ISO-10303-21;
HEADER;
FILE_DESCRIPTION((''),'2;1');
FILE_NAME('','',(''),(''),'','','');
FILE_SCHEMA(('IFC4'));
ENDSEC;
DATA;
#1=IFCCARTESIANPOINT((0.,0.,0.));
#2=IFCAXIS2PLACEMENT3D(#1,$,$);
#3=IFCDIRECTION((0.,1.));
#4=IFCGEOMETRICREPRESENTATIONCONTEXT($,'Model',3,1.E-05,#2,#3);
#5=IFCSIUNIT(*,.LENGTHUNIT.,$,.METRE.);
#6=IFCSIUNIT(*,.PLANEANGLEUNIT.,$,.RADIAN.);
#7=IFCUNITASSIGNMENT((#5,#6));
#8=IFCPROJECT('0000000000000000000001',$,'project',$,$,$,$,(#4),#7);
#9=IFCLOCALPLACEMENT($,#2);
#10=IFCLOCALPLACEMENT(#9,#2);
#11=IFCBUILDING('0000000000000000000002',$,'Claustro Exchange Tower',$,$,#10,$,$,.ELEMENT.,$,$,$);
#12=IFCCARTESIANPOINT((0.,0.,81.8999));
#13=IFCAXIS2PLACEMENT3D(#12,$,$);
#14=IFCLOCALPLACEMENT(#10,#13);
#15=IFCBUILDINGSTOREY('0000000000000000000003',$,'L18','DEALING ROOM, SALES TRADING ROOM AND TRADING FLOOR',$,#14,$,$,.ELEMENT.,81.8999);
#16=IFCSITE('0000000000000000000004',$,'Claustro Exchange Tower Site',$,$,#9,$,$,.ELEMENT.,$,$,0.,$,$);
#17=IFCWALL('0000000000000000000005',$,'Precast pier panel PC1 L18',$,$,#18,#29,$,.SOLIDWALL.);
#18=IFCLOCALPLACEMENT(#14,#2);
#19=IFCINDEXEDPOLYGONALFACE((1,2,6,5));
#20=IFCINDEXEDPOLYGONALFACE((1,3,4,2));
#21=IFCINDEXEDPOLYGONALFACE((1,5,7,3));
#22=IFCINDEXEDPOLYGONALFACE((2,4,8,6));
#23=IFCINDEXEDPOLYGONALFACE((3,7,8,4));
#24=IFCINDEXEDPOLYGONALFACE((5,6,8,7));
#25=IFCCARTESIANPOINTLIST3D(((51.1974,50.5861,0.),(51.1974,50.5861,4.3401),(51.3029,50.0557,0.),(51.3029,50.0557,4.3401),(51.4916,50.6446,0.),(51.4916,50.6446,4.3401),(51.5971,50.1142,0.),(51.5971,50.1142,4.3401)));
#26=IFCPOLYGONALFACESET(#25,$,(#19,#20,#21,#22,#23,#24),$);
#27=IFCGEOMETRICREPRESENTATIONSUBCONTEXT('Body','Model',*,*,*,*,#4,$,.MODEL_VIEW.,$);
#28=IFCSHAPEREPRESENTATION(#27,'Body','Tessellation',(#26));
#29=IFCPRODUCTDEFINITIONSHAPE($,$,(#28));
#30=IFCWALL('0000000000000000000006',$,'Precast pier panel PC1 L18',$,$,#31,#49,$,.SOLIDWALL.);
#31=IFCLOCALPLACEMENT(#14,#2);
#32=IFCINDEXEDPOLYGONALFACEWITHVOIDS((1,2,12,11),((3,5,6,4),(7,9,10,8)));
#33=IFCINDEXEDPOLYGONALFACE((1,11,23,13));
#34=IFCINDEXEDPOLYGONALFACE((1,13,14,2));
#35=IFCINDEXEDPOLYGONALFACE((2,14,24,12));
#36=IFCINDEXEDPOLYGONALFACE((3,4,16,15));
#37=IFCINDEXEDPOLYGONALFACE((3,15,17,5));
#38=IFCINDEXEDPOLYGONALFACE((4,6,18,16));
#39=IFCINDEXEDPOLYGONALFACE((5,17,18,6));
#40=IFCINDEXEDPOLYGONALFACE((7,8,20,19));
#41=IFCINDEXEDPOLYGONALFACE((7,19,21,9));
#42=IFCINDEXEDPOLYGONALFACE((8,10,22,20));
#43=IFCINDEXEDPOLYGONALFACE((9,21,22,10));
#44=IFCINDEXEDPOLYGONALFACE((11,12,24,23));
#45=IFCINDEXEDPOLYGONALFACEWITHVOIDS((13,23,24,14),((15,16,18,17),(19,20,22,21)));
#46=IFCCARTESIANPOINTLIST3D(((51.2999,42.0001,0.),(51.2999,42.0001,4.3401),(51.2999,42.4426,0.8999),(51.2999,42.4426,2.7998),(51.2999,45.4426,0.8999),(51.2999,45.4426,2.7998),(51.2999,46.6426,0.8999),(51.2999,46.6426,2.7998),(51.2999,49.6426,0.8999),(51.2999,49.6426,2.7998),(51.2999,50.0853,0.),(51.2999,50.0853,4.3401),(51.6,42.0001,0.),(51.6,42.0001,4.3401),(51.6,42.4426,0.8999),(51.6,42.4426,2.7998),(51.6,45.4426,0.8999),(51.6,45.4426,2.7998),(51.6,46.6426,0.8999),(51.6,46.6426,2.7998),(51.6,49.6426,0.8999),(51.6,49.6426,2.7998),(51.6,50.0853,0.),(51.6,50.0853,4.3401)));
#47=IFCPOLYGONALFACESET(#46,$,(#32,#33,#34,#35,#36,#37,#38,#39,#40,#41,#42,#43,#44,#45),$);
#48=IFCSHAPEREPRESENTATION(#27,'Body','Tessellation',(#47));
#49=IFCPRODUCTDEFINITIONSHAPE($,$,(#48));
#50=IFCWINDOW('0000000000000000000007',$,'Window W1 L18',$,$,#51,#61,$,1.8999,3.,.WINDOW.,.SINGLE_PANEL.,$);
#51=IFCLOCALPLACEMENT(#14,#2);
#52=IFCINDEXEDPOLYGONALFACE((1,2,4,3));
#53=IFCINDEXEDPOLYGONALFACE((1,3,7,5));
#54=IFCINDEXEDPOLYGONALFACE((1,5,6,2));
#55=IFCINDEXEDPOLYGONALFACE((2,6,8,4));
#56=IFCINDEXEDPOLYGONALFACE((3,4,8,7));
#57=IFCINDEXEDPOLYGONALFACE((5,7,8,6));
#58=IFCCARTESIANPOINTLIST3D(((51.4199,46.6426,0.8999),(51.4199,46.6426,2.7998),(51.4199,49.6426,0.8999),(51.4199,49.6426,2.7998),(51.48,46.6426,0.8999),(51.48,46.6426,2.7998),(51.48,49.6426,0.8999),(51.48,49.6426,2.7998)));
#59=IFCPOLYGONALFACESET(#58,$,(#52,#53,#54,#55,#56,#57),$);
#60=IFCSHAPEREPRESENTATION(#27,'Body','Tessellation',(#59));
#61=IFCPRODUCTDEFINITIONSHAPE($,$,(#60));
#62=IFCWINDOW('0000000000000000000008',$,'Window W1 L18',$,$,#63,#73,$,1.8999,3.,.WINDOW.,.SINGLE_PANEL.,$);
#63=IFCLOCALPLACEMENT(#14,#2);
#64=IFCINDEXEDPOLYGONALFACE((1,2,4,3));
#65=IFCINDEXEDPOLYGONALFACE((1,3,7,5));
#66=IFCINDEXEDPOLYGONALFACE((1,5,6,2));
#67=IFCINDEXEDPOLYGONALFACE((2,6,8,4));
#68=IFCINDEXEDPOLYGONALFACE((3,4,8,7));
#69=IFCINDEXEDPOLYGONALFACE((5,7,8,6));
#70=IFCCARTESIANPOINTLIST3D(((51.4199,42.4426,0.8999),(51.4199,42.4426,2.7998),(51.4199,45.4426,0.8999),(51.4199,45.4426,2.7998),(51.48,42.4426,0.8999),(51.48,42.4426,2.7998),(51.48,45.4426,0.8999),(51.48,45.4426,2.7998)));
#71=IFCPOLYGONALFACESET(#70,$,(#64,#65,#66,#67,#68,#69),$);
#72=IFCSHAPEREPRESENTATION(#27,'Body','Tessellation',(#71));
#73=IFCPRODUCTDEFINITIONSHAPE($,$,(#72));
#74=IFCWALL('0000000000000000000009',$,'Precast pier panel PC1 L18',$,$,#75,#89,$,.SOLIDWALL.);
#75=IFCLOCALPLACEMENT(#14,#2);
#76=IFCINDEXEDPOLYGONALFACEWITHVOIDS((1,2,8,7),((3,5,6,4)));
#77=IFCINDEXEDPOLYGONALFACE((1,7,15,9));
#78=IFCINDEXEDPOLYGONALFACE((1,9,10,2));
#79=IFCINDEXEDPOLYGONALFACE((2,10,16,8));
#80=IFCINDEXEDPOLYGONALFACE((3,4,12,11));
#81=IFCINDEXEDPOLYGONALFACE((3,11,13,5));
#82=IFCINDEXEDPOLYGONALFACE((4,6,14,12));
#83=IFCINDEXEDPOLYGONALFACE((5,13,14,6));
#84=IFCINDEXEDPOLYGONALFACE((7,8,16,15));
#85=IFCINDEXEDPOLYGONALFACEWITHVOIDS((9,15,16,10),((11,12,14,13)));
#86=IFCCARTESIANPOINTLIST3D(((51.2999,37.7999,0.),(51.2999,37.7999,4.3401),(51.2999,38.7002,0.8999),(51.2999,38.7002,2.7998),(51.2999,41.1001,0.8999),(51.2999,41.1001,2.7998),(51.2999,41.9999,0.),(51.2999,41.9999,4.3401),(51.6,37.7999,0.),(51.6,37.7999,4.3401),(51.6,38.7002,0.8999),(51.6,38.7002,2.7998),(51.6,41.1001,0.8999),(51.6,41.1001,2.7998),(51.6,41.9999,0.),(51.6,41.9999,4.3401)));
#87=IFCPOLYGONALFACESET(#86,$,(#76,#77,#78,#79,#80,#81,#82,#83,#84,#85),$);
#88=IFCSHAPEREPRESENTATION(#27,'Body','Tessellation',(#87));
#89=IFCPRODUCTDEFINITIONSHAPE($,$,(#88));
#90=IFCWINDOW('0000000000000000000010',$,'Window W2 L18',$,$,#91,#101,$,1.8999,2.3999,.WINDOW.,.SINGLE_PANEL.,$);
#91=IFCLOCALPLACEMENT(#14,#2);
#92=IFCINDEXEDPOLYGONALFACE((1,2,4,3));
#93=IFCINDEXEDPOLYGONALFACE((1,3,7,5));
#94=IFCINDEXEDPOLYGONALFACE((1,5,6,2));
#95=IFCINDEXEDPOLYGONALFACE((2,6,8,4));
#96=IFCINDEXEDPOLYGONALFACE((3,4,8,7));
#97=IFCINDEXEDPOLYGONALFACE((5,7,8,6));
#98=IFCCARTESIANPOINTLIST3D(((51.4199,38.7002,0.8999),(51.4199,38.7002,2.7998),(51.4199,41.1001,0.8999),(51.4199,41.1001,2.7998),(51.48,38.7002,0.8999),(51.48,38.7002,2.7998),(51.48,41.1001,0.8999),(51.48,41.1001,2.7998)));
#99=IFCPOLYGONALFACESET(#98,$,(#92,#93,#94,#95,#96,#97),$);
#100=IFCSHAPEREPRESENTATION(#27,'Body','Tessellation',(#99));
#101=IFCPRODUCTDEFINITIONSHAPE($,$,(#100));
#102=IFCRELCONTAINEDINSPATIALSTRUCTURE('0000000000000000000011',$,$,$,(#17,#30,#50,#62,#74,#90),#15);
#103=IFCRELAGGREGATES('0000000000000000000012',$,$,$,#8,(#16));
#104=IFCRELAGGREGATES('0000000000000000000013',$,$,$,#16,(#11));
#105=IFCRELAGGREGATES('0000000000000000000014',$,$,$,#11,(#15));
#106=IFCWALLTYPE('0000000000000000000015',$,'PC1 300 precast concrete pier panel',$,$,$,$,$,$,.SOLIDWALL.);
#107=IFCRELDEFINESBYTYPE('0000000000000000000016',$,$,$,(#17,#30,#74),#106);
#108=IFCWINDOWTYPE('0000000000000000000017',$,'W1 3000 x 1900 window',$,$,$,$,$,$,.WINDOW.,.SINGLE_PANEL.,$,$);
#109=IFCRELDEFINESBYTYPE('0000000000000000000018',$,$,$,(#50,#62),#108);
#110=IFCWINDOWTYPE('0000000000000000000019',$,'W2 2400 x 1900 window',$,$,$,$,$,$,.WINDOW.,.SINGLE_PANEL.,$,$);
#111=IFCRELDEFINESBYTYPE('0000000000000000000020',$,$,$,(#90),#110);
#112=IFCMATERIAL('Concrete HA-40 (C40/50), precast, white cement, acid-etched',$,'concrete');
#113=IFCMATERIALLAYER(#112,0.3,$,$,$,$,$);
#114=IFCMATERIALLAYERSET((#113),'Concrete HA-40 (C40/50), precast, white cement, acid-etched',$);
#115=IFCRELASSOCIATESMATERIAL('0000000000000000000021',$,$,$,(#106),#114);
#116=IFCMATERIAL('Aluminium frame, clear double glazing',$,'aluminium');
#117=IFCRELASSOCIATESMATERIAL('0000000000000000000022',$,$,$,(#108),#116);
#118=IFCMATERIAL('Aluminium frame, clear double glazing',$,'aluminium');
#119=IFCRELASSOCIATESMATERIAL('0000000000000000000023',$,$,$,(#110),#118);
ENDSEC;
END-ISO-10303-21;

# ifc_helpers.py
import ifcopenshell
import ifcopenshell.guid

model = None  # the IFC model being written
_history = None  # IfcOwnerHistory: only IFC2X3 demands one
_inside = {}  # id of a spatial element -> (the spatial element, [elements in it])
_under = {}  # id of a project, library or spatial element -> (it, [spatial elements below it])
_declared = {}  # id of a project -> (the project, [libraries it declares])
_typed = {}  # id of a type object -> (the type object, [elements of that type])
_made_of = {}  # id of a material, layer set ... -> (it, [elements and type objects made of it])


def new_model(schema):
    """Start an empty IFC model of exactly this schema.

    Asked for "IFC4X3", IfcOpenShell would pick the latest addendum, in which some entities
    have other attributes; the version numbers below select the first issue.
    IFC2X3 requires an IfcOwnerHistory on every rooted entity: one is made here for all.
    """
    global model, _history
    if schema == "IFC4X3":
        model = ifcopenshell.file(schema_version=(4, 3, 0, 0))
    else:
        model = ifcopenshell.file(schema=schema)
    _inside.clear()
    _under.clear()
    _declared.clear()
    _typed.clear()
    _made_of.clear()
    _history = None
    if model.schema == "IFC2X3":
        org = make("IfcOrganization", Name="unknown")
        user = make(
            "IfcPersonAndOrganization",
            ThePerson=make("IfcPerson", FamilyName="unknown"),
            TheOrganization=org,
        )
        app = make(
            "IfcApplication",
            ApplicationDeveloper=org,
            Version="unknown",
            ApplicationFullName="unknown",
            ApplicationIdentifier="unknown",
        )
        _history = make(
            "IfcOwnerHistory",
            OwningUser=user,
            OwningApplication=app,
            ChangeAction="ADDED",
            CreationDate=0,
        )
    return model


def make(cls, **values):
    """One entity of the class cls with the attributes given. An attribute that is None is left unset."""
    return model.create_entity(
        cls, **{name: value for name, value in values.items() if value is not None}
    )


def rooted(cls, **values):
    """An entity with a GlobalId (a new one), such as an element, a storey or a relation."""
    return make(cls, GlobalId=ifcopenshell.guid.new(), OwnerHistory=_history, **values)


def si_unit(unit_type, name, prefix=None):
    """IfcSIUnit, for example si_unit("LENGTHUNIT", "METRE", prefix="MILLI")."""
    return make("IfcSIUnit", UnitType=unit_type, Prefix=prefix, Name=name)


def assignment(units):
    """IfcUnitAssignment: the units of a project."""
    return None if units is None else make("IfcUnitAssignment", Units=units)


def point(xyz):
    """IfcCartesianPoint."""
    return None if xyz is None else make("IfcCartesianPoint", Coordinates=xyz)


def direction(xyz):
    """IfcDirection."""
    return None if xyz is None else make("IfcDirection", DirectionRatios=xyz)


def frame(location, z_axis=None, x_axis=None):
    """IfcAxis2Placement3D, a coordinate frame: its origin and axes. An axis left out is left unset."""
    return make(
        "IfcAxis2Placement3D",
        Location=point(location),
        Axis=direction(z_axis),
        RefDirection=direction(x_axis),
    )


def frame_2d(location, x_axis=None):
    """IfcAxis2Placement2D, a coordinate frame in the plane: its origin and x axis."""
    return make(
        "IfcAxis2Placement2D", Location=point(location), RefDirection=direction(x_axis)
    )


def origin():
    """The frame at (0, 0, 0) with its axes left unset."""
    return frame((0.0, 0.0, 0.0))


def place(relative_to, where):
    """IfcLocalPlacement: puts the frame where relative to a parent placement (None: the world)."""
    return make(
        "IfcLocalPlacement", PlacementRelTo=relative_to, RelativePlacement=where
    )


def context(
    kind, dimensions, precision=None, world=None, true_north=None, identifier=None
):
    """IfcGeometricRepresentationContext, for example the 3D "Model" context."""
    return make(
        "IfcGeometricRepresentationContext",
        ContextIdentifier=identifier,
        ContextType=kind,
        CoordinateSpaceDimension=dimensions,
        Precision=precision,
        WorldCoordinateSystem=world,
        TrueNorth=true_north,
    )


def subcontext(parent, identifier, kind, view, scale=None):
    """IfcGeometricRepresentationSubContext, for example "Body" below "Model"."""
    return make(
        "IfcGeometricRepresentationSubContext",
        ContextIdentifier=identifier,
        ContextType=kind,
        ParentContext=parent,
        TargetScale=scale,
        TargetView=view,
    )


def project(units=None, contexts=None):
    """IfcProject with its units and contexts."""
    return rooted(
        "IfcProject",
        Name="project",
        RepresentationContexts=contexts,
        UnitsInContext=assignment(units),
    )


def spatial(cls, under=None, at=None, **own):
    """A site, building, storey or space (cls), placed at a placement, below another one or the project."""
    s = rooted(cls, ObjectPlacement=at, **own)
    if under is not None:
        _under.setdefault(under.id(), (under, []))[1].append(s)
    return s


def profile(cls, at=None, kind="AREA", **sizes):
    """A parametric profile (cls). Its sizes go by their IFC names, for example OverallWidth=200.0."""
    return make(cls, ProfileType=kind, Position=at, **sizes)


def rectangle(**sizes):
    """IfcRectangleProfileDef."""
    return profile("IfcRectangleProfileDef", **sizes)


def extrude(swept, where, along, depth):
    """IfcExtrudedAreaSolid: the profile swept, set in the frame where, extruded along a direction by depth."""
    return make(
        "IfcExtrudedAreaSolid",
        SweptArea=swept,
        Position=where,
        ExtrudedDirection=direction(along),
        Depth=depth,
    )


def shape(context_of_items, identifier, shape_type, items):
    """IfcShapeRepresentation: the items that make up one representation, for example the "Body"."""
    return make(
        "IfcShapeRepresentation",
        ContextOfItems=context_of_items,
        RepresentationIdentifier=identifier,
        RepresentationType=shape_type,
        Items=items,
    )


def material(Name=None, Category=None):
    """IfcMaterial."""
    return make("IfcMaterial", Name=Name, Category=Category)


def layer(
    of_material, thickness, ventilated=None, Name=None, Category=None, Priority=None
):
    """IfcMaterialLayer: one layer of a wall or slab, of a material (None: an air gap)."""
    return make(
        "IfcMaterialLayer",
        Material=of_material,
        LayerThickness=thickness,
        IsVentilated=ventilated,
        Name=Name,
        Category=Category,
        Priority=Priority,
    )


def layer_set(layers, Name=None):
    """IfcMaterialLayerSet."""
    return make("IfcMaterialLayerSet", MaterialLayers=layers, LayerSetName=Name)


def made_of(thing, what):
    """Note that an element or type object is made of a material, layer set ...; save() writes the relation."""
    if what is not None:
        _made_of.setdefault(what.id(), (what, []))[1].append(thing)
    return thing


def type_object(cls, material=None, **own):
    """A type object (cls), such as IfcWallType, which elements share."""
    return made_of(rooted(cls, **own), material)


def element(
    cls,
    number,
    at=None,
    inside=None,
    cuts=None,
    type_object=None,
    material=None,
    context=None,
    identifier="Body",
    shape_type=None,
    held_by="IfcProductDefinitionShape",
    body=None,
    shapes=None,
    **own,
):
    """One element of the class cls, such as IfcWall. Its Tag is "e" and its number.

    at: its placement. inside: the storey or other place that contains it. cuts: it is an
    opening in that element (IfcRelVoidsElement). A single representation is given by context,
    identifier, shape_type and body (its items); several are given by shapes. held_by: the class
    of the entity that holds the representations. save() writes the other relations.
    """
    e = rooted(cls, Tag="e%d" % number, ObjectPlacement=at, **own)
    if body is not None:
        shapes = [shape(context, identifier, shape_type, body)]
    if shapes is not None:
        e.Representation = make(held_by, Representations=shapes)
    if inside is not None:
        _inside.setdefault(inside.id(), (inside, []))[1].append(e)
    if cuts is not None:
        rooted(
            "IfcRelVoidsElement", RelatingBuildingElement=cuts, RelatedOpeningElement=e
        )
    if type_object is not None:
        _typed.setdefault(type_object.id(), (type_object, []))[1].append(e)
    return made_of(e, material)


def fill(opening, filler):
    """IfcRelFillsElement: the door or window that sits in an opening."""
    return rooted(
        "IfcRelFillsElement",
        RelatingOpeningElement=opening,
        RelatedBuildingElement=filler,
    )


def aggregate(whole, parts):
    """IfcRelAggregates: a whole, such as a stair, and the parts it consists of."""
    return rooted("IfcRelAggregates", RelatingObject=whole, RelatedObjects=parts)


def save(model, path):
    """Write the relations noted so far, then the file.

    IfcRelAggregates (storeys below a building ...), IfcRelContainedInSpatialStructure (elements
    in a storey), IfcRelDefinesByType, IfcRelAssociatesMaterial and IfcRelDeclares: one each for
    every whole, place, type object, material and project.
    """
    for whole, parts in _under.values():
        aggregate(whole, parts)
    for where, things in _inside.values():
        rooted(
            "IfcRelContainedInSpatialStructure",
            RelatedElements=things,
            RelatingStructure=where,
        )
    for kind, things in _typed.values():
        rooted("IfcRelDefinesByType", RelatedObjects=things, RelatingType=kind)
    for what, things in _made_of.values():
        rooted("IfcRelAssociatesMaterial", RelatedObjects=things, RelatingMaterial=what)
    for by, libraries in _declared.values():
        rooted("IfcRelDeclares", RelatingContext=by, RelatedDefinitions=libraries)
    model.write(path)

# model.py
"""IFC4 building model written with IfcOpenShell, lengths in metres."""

from ifc_helpers import new_model, si_unit, direction, frame, frame_2d, origin, place, context, subcontext, project, spatial, rectangle, extrude, material, layer, layer_set, type_object, element, fill, save


model = new_model("IFC4")

# Units and contexts
model_context = context("Model", 3, precision=1e-05, world=origin(), true_north=direction((0.0, 1.0)))
body_context = subcontext(model_context, "Body", "Model", "MODEL_VIEW")
ifc_project = project(units=[si_unit("LENGTHUNIT", "METRE"), si_unit("PLANEANGLEUNIT", "RADIAN")], contexts=[model_context])

# Site, building, storey
site_placement = place(None, origin())
site = spatial("IfcSite", under=ifc_project, at=site_placement, Name="Claustro Exchange Tower Site", CompositionType="ELEMENT", RefElevation=0.0)
building_placement = place(site_placement, origin())
building = spatial("IfcBuilding", under=site, at=building_placement, Name="Claustro Exchange Tower", CompositionType="ELEMENT")
storey_placement = place(building_placement, frame((0.0, 0.0, 81.8999)))
storey = spatial("IfcBuildingStorey", under=building, at=storey_placement, Name="L18", Description="DEALING ROOM, SALES TRADING ROOM AND TRADING FLOOR", CompositionType="ELEMENT", Elevation=81.8999)

# Shared definitions
ifc_material_1 = material(Name="Concrete HA-40 (C40/50), precast, white cement, acid-etched", Category="concrete")
ifc_layer_1 = layer(ifc_material_1, 0.3)
ifc_layer_set_1 = layer_set([ifc_layer_1], Name="Concrete HA-40 (C40/50), precast, white cement, acid-etched")
wall_type_1 = type_object("IfcWallType", Name="PC1 300 precast concrete pier panel", PredefinedType="SOLIDWALL", material=ifc_layer_set_1)
ifc_material_2 = material(Name="Aluminium frame, clear double glazing", Category="aluminium")
window_type_1 = type_object("IfcWindowType", Name="W1 3000 x 1900 window", PartitioningType="SINGLE_PANEL", PredefinedType="WINDOW", material=ifc_material_2)

# Wall
wall_1_placement = place(storey_placement, frame((51.3445, 50.6155, 0.0), z_axis=(0.0, 0.0, 1.0), x_axis=(0.195074, -0.980789, 0.0)))
element("IfcWall", 1, at=wall_1_placement, inside=storey, type_object=wall_type_1, Name="Precast pier panel PC1 L18", PredefinedType="SOLIDWALL", context=body_context, shape_type="SweptSolid", body=[
    extrude(rectangle(XDim=0.5408, YDim=0.3, at=frame_2d((0.2705, 0.0))), origin(), (0.0, 0.0, 1.0), 4.3401),
])

# Wall, openings, windows
wall_2_placement = place(storey_placement, frame((51.45, 50.0852, 0.0), z_axis=(0.0, 0.0, 1.0), x_axis=(0.0, -1.0, 0.0)))
wall_2 = element("IfcWall", 2, at=wall_2_placement, inside=storey, type_object=wall_type_1, Name="Precast pier panel PC1 L18", PredefinedType="SOLIDWALL", context=body_context, shape_type="SweptSolid", body=[
    extrude(rectangle(XDim=8.0852, YDim=0.3, at=frame_2d((4.0425, 0.0))), origin(), (0.0, 0.0, 1.0), 4.3401),
])
opening_1_placement = place(wall_2_placement, frame((0.4426, 0.0, 0.8999)))
opening_1 = element("IfcOpeningElement", 3, at=opening_1_placement, cuts=wall_2, PredefinedType="OPENING", context=body_context, shape_type="SweptSolid", body=[
    extrude(rectangle(XDim=3.0, YDim=1.8999, at=frame_2d((1.5, 0.95))), frame((0.0, 0.1599, 0.0), z_axis=(0.0, -1.0, 0.0), x_axis=(1.0, 0.0, 0.0)), (0.0, 0.0, 1.0), 0.3201),
])
opening_2_placement = place(wall_2_placement, frame((4.6426, 0.0, 0.8999)))
opening_2 = element("IfcOpeningElement", 4, at=opening_2_placement, cuts=wall_2, PredefinedType="OPENING", context=body_context, shape_type="SweptSolid", body=[
    extrude(rectangle(XDim=3.0, YDim=1.8999, at=frame_2d((1.5, 0.95))), frame((0.0, 0.1599, 0.0), z_axis=(0.0, -1.0, 0.0), x_axis=(1.0, 0.0, 0.0)), (0.0, 0.0, 1.0), 0.3201),
])
window_1_placement = place(opening_1_placement, origin())
window_1 = element("IfcWindow", 5, at=window_1_placement, inside=storey, type_object=window_type_1, Name="Window W1 L18", OverallHeight=1.8999, OverallWidth=3.0, PartitioningType="SINGLE_PANEL", PredefinedType="WINDOW", context=body_context, shape_type="SweptSolid", body=[
    extrude(rectangle(XDim=3.0, YDim=1.8999, at=frame_2d((1.5, 0.95))), frame((0.0, 0.03, 0.0), z_axis=(0.0, -1.0, 0.0), x_axis=(1.0, 0.0, 0.0)), (0.0, 0.0, 1.0), 0.0601),
])
fill(opening_1, window_1)
window_2_placement = place(opening_2_placement, origin())
window_2 = element("IfcWindow", 6, at=window_2_placement, inside=storey, type_object=window_type_1, Name="Window W1 L18", OverallHeight=1.8999, OverallWidth=3.0, PartitioningType="SINGLE_PANEL", PredefinedType="WINDOW", context=body_context, shape_type="SweptSolid", body=[
    extrude(rectangle(XDim=3.0, YDim=1.8999, at=frame_2d((1.5, 0.95))), frame((0.0, 0.03, 0.0), z_axis=(0.0, -1.0, 0.0), x_axis=(1.0, 0.0, 0.0)), (0.0, 0.0, 1.0), 0.0601),
])
fill(opening_2, window_2)

# Wall, opening, window
wall_3_placement = place(storey_placement, frame((51.45, 42.0, 0.0), z_axis=(0.0, 0.0, 1.0), x_axis=(0.0, -1.0, 0.0)))
wall_3 = element("IfcWall", 7, at=wall_3_placement, inside=storey, type_object=wall_type_1, Name="Precast pier panel PC1 L18", PredefinedType="SOLIDWALL", context=body_context, shape_type="SweptSolid", body=[
    extrude(rectangle(XDim=4.2, YDim=0.3, at=frame_2d((2.1001, 0.0))), origin(), (0.0, 0.0, 1.0), 4.3401),
])
opening_3_placement = place(wall_3_placement, frame((0.8999, 0.0, 0.8999)))
opening_3 = element("IfcOpeningElement", 8, at=opening_3_placement, cuts=wall_3, PredefinedType="OPENING", context=body_context, shape_type="SweptSolid", body=[
    extrude(rectangle(XDim=2.3999, YDim=1.8999, at=frame_2d((1.2, 0.95))), frame((0.0, 0.1599, 0.0), z_axis=(0.0, -1.0, 0.0), x_axis=(1.0, 0.0, 0.0)), (0.0, 0.0, 1.0), 0.3201),
])
ifc_material_3 = material(Name="Aluminium frame, clear double glazing", Category="aluminium")
window_type_2 = type_object("IfcWindowType", Name="W2 2400 x 1900 window", PartitioningType="SINGLE_PANEL", PredefinedType="WINDOW", material=ifc_material_3)
window_3_placement = place(opening_3_placement, origin())
window_3 = element("IfcWindow", 9, at=window_3_placement, inside=storey, type_object=window_type_2, Name="Window W2 L18", OverallHeight=1.8999, OverallWidth=2.3999, PartitioningType="SINGLE_PANEL", PredefinedType="WINDOW", context=body_context, shape_type="SweptSolid", body=[
    extrude(rectangle(XDim=2.3999, YDim=1.8999, at=frame_2d((1.2, 0.95))), frame((0.0, 0.03, 0.0), z_axis=(0.0, -1.0, 0.0), x_axis=(1.0, 0.0, 0.0)), (0.0, 0.0, 1.0), 0.0601),
])
fill(opening_3, window_3)

save(model, "model.ifc")
